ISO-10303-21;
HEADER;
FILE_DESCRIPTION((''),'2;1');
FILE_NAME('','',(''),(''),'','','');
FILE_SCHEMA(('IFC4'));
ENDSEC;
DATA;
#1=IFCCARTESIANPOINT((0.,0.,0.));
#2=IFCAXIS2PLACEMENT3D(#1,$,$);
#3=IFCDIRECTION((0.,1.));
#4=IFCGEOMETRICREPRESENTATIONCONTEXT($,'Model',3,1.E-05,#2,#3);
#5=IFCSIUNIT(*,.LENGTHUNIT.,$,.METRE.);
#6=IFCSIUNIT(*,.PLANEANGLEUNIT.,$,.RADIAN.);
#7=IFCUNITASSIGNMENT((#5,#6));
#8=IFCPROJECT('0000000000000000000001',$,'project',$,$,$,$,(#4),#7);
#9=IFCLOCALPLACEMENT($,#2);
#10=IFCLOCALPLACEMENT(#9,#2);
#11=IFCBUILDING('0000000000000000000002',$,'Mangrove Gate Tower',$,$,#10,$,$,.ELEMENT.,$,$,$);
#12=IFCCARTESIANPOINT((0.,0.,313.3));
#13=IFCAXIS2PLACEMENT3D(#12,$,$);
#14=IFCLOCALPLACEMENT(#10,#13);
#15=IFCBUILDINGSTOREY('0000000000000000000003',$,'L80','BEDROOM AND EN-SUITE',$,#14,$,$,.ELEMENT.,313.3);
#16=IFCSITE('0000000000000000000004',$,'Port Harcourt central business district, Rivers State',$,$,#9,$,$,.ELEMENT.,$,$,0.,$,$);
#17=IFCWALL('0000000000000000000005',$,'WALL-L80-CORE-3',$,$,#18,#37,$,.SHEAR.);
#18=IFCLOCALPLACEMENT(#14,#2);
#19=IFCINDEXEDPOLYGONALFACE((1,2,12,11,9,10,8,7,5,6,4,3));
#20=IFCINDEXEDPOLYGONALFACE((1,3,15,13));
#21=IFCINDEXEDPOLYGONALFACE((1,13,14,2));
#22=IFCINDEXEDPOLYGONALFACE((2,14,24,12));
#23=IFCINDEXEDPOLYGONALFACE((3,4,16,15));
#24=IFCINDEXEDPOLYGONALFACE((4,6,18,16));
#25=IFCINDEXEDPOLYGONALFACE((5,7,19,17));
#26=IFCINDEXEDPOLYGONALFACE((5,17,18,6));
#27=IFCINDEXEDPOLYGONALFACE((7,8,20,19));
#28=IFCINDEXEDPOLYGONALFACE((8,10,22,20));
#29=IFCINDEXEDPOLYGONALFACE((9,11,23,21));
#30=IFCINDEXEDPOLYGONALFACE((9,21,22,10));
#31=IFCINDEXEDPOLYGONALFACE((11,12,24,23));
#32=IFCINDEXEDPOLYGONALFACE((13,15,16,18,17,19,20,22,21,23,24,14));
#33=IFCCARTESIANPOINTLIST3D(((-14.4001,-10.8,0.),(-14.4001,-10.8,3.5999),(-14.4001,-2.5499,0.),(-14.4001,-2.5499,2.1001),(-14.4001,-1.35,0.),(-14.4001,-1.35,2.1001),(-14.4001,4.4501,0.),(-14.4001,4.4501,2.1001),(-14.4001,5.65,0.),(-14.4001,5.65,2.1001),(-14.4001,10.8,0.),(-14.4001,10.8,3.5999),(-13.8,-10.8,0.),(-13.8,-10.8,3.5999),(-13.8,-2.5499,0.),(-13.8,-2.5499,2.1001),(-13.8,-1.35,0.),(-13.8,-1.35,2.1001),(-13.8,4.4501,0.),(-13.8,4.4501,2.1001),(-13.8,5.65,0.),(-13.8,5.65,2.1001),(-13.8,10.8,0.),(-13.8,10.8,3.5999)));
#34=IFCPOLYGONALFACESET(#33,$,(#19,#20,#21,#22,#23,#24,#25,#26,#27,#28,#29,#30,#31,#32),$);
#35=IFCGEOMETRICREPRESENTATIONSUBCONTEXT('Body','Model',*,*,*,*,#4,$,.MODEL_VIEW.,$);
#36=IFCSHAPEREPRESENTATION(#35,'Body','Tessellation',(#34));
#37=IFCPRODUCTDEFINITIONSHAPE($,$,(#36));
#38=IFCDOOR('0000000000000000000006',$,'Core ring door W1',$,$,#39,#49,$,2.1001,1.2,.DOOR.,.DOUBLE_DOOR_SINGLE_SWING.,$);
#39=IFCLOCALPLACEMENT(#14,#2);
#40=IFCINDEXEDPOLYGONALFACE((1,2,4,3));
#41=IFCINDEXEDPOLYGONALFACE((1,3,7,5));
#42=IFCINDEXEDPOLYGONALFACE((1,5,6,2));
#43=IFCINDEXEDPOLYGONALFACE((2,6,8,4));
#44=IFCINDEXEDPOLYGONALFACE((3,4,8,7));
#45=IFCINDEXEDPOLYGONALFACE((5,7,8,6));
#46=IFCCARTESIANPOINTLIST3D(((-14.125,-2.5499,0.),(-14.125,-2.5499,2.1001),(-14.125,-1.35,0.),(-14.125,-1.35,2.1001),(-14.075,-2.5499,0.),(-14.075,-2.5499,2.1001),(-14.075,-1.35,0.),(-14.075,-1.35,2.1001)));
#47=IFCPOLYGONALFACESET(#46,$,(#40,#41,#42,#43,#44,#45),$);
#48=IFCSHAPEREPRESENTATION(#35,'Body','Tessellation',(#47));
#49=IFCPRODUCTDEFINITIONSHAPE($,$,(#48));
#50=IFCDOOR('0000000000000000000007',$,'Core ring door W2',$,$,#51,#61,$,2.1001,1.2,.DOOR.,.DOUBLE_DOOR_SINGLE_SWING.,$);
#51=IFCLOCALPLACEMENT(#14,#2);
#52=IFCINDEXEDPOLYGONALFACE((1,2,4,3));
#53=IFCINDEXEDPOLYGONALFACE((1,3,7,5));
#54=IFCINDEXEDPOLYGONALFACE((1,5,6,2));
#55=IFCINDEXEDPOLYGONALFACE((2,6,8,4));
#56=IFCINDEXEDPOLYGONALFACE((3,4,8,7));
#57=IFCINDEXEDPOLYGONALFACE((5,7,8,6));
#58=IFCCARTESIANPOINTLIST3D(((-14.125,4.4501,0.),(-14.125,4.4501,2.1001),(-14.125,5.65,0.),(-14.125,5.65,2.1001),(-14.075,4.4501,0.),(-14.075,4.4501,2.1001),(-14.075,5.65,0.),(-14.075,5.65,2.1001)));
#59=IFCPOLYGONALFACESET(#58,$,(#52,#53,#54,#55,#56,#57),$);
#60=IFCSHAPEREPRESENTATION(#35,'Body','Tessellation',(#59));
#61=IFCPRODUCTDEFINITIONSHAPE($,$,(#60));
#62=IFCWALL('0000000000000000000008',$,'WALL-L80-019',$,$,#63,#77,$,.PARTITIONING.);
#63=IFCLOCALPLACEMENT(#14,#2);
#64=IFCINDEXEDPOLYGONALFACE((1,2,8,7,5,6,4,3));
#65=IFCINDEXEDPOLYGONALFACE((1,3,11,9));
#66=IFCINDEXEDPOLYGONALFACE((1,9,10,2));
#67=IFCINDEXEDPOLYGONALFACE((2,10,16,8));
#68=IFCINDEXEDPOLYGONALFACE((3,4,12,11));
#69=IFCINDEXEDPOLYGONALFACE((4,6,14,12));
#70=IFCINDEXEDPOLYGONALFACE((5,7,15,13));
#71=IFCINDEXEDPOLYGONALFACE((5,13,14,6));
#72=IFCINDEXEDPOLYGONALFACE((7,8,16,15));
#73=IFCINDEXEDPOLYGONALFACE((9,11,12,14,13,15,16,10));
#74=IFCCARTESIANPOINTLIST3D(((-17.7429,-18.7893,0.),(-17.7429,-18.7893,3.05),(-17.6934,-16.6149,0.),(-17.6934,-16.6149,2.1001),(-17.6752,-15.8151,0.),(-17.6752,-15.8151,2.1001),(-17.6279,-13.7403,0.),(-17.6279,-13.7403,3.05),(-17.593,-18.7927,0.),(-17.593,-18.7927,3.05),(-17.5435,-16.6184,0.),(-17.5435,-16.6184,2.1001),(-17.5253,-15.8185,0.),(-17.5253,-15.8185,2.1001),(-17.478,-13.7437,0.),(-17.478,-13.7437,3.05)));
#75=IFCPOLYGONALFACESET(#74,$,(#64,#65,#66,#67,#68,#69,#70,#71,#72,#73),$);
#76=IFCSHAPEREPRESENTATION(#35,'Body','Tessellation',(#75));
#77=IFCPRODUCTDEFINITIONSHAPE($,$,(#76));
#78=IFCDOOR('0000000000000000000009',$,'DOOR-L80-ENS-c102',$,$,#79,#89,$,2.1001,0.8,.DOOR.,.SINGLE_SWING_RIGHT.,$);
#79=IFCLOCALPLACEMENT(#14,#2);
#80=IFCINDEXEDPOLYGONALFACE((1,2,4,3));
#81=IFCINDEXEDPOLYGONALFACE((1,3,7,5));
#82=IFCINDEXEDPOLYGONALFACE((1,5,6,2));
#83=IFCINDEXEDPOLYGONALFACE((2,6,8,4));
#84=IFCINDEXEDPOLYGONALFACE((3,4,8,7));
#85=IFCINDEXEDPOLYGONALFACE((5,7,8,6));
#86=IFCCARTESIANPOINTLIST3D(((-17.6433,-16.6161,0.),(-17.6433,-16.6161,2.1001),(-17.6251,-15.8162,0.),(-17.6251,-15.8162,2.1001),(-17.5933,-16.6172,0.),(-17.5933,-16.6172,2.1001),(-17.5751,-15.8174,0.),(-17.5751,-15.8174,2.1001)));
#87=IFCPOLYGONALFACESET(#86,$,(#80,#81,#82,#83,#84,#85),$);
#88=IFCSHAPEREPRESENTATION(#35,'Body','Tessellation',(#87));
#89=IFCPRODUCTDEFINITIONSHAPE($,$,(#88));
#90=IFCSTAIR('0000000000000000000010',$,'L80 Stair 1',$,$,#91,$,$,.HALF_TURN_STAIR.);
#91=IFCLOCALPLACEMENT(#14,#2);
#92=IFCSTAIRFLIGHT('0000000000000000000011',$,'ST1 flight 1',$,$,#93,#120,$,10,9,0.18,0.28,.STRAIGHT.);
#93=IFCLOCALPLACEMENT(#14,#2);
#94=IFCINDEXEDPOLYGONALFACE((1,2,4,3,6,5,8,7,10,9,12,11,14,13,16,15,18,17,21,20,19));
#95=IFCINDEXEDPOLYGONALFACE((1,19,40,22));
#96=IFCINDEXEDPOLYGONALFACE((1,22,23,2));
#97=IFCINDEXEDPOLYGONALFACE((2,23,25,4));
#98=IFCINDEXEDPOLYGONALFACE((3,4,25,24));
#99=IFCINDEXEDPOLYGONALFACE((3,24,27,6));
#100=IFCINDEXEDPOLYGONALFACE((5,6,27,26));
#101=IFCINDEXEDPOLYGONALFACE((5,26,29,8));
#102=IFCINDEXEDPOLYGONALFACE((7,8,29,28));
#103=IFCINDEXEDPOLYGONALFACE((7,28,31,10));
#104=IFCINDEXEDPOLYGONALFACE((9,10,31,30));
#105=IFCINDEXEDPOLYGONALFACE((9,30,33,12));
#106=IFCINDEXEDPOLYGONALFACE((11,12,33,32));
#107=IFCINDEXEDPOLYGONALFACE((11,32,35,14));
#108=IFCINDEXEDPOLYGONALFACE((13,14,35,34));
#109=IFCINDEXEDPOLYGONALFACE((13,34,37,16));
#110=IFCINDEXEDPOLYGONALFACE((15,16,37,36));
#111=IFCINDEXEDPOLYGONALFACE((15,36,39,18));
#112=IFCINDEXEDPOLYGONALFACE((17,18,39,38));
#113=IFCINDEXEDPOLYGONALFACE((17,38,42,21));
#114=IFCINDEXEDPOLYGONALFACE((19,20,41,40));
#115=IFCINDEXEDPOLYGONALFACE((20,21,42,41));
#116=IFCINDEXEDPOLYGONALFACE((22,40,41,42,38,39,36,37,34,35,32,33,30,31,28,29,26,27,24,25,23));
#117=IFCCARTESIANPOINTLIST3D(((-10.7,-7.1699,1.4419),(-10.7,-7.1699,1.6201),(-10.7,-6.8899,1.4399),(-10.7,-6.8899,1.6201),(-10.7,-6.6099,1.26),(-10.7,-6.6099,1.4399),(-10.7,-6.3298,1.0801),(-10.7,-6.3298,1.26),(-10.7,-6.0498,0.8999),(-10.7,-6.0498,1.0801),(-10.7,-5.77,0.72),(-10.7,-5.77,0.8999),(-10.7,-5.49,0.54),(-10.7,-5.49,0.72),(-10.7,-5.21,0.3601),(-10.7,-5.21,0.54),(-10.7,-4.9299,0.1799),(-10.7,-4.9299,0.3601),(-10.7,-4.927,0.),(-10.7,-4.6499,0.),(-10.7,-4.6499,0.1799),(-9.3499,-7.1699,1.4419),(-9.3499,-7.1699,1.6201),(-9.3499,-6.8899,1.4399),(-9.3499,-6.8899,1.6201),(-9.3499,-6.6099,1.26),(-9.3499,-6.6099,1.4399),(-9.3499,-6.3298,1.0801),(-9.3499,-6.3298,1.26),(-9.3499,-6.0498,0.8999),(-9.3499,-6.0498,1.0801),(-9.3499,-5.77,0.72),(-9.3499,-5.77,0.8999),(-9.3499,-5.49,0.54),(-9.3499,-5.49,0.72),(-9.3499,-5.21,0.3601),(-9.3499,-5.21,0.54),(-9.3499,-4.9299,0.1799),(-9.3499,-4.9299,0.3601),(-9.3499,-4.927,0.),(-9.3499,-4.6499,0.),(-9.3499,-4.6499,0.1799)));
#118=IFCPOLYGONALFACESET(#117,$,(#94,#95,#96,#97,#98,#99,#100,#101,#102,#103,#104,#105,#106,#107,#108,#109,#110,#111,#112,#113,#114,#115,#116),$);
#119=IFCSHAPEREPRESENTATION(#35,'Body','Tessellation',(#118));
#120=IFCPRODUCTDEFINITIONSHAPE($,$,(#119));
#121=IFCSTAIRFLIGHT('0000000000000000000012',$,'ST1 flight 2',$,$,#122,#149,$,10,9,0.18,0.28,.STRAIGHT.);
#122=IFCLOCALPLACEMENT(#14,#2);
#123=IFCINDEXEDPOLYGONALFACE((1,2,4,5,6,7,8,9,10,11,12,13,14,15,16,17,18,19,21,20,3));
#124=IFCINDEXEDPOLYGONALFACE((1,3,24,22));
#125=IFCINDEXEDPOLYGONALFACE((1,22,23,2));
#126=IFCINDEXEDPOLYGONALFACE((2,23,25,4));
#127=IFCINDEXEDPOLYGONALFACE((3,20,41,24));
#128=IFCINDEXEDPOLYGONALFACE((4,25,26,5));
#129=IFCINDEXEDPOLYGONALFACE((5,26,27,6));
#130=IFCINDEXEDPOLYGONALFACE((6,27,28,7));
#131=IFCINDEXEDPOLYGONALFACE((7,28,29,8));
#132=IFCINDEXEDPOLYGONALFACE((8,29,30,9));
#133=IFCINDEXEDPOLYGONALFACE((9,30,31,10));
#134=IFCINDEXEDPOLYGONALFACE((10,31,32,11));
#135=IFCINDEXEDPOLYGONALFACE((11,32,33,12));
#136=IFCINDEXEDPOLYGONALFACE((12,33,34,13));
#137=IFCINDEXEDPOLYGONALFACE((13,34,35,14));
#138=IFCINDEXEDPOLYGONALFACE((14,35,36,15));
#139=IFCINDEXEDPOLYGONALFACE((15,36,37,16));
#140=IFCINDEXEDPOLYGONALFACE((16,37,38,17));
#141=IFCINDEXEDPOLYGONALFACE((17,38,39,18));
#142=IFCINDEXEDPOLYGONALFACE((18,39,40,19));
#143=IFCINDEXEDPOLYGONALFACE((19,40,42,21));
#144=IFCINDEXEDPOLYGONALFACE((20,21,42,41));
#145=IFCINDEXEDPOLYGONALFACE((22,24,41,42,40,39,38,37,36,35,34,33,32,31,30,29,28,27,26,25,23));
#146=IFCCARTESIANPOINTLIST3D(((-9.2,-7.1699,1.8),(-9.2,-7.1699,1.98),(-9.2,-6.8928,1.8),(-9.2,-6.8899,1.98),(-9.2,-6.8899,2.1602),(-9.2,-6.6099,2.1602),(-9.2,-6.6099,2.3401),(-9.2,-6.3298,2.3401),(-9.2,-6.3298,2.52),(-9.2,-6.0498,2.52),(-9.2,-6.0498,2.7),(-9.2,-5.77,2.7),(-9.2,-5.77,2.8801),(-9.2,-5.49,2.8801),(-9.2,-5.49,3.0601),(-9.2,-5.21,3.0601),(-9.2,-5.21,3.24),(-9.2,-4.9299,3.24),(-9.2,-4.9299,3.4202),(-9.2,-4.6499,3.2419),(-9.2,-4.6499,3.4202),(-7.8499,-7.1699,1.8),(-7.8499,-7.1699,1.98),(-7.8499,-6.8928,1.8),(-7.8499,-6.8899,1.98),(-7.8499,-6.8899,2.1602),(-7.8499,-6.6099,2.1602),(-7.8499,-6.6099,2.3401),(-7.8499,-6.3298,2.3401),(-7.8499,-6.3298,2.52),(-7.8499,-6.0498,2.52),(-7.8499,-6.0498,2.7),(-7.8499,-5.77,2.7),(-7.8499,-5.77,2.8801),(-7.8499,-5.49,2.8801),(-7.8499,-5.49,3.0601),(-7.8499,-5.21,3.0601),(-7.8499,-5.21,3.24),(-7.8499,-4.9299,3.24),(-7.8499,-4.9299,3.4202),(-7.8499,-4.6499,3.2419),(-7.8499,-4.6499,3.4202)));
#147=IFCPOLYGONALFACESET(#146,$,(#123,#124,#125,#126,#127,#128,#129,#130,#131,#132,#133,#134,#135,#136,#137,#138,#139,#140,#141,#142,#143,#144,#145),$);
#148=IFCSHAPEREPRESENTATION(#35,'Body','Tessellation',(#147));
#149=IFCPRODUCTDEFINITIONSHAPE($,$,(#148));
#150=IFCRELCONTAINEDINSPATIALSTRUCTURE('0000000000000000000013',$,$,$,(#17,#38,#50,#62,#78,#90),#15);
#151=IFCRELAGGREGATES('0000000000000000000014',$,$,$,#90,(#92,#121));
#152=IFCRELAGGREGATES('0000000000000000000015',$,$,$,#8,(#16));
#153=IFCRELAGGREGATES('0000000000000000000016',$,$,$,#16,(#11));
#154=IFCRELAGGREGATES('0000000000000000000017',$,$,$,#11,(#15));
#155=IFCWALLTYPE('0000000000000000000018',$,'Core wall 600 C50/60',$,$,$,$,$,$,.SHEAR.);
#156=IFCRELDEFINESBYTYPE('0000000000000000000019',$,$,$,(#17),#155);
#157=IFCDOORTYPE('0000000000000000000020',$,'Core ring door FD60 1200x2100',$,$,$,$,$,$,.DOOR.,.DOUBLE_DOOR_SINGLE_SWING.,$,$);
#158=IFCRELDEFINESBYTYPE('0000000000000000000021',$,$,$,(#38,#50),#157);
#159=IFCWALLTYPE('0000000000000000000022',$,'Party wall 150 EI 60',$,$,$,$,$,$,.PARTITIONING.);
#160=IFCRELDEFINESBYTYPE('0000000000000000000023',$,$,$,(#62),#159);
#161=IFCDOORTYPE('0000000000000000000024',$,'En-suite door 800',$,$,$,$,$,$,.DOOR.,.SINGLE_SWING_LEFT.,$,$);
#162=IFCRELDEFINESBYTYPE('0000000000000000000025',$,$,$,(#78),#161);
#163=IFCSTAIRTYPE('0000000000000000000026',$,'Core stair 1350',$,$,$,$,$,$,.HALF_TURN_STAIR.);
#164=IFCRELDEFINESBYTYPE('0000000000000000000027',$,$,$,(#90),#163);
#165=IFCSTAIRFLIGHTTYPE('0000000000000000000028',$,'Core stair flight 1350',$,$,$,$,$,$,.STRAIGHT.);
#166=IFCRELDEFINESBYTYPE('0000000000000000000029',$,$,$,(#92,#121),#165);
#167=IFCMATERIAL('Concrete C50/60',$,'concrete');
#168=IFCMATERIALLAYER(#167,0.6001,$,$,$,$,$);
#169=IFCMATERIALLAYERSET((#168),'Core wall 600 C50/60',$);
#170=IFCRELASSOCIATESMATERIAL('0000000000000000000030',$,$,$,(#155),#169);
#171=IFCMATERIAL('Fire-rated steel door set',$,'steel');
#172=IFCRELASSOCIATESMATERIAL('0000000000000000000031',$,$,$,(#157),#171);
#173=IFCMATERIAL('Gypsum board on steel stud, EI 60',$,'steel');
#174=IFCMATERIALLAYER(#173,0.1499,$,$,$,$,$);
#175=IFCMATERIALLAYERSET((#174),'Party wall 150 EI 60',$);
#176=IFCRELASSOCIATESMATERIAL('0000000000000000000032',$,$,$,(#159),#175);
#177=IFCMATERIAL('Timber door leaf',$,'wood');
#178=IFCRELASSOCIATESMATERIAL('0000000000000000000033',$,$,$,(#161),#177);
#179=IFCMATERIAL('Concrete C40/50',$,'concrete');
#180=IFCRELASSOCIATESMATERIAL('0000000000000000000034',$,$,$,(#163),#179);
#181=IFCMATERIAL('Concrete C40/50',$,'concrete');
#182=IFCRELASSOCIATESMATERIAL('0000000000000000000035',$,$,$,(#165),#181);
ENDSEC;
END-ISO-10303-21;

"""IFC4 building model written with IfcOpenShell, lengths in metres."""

from ifc_helpers import new_model, si_unit, direction, frame, frame_2d, origin, place, context, subcontext, project, spatial, polyline, rectangle, outline, extrude, material, layer, layer_set, type_object, element, fill, aggregate, save


model = new_model("IFC4")

# Units and contexts
model_context = context("Model", 3, precision=1e-05, world=origin(), true_north=direction((0.0, 1.0)))
body_context = subcontext(model_context, "Body", "Model", "MODEL_VIEW")
ifc_project = project(units=[si_unit("LENGTHUNIT", "METRE"), si_unit("PLANEANGLEUNIT", "RADIAN")], contexts=[model_context])

# Site, building, storey
site_placement = place(None, origin())
site = spatial("IfcSite", under=ifc_project, at=site_placement, Name="Port Harcourt central business district, Rivers State", CompositionType="ELEMENT", RefElevation=0.0)
building_placement = place(site_placement, origin())
building = spatial("IfcBuilding", under=site, at=building_placement, Name="Mangrove Gate Tower", CompositionType="ELEMENT")
storey_placement = place(building_placement, frame((0.0, 0.0, 313.3)))
storey = spatial("IfcBuildingStorey", under=building, at=storey_placement, Name="L80", Description="BEDROOM AND EN-SUITE", CompositionType="ELEMENT", Elevation=313.3)

# Shared definitions
ifc_material_1 = material(Name="Concrete C50/60", Category="concrete")
ifc_layer_1 = layer(ifc_material_1, 0.6001)
ifc_layer_set_1 = layer_set([ifc_layer_1], Name="Core wall 600 C50/60")
wall_type_1 = type_object("IfcWallType", Name="Core wall 600 C50/60", PredefinedType="SHEAR", material=ifc_layer_set_1)

# Wall, openings, doors
wall_1_placement = place(storey_placement, frame((-14.1001, -10.8, 0.0), z_axis=(0.0, 0.0, 1.0), x_axis=(0.0, 1.0, 0.0)))
wall_1 = element("IfcWall", 1, at=wall_1_placement, inside=storey, type_object=wall_type_1, Name="WALL-L80-CORE-3", PredefinedType="SHEAR", context=body_context, shape_type="SweptSolid", body=[
    extrude(rectangle(XDim=21.6001, YDim=0.6001, at=frame_2d((10.8, 0.0))), origin(), (0.0, 0.0, 1.0), 3.5999),
])
opening_1_placement = place(wall_1_placement, frame((8.25, 0.0, 0.0)))
opening_1 = element("IfcOpeningElement", 2, at=opening_1_placement, cuts=wall_1, PredefinedType="OPENING", context=body_context, shape_type="SweptSolid", body=[
    extrude(rectangle(XDim=1.2, YDim=2.1001, at=frame_2d((0.6001, 1.05))), frame((0.0, 0.3101, 0.0), z_axis=(0.0, -1.0, 0.0), x_axis=(1.0, 0.0, 0.0)), (0.0, 0.0, 1.0), 0.6201),
])
opening_2_placement = place(wall_1_placement, frame((15.25, 0.0, 0.0)))
opening_2 = element("IfcOpeningElement", 3, at=opening_2_placement, cuts=wall_1, PredefinedType="OPENING", context=body_context, shape_type="SweptSolid", body=[
    extrude(rectangle(XDim=1.2, YDim=2.1001, at=frame_2d((0.6001, 1.05))), frame((0.0, 0.3101, 0.0), z_axis=(0.0, -1.0, 0.0), x_axis=(1.0, 0.0, 0.0)), (0.0, 0.0, 1.0), 0.6201),
])
ifc_material_2 = material(Name="Fire-rated steel door set", Category="steel")
door_type_1 = type_object("IfcDoorType", Name="Core ring door FD60 1200x2100", OperationType="DOUBLE_DOOR_SINGLE_SWING", PredefinedType="DOOR", material=ifc_material_2)
door_1_placement = place(opening_1_placement, origin())
door_1 = element("IfcDoor", 4, at=door_1_placement, inside=storey, type_object=door_type_1, Name="Core ring door W1", OperationType="DOUBLE_DOOR_SINGLE_SWING", OverallHeight=2.1001, OverallWidth=1.2, PredefinedType="DOOR", context=body_context, shape_type="SweptSolid", body=[
    extrude(rectangle(XDim=1.2, YDim=2.1001, at=frame_2d((0.6001, 1.05))), frame((0.0, 0.0249, 0.0), z_axis=(0.0, -1.0, 0.0), x_axis=(1.0, 0.0, 0.0)), (0.0, 0.0, 1.0), 0.05),
])
fill(opening_1, door_1)
door_2_placement = place(opening_2_placement, origin())
door_2 = element("IfcDoor", 5, at=door_2_placement, inside=storey, type_object=door_type_1, Name="Core ring door W2", OperationType="DOUBLE_DOOR_SINGLE_SWING", OverallHeight=2.1001, OverallWidth=1.2, PredefinedType="DOOR", context=body_context, shape_type="SweptSolid", body=[
    extrude(rectangle(XDim=1.2, YDim=2.1001, at=frame_2d((0.6001, 1.05))), frame((0.0, 0.0249, 0.0), z_axis=(0.0, -1.0, 0.0), x_axis=(1.0, 0.0, 0.0)), (0.0, 0.0, 1.0), 0.05),
])
fill(opening_2, door_2)

# Wall, opening, door
ifc_material_3 = material(Name="Gypsum board on steel stud, EI 60", Category="steel")
ifc_layer_2 = layer(ifc_material_3, 0.1499)
ifc_layer_set_2 = layer_set([ifc_layer_2], Name="Party wall 150 EI 60")
wall_type_2 = type_object("IfcWallType", Name="Party wall 150 EI 60", PredefinedType="PARTITIONING", material=ifc_layer_set_2)
wall_2_placement = place(storey_placement, frame((-17.668, -18.791, 0.0), z_axis=(0.0, 0.0, 1.0), x_axis=(0.022769, 0.999741, 0.0)))
wall_2 = element("IfcWall", 6, at=wall_2_placement, inside=storey, type_object=wall_type_2, Name="WALL-L80-019", PredefinedType="PARTITIONING", context=body_context, shape_type="SweptSolid", body=[
    extrude(rectangle(XDim=5.0503, YDim=0.1499, at=frame_2d((2.5251, 0.0))), origin(), (0.0, 0.0, 1.0), 3.05),
])
opening_3_placement = place(wall_2_placement, frame((2.175, 0.0, 0.0)))
opening_3 = element("IfcOpeningElement", 7, at=opening_3_placement, cuts=wall_2, PredefinedType="OPENING", context=body_context, shape_type="SweptSolid", body=[
    extrude(rectangle(XDim=0.8, YDim=2.1001, at=frame_2d((0.3999, 1.05))), frame((0.0, 0.085, 0.0), z_axis=(0.0, -1.0, 0.0), x_axis=(1.0, 0.0, 0.0)), (0.0, 0.0, 1.0), 0.1699),
])
ifc_material_4 = material(Name="Timber door leaf", Category="wood")
door_type_2 = type_object("IfcDoorType", Name="En-suite door 800", OperationType="SINGLE_SWING_LEFT", PredefinedType="DOOR", material=ifc_material_4)
door_3_placement = place(opening_3_placement, origin())
door_3 = element("IfcDoor", 8, at=door_3_placement, inside=storey, type_object=door_type_2, Name="DOOR-L80-ENS-c102", OperationType="SINGLE_SWING_RIGHT", OverallHeight=2.1001, OverallWidth=0.8, PredefinedType="DOOR", context=body_context, shape_type="SweptSolid", body=[
    extrude(rectangle(XDim=0.8, YDim=2.1001, at=frame_2d((0.3999, 1.05))), frame((0.0, 0.0249, 0.0), z_axis=(0.0, -1.0, 0.0), x_axis=(1.0, 0.0, 0.0)), (0.0, 0.0, 1.0), 0.05),
])
fill(opening_3, door_3)

# Stair, stair flights
ifc_material_5 = material(Name="Concrete C40/50", Category="concrete")
stair_type = type_object("IfcStairType", Name="Core stair 1350", PredefinedType="HALF_TURN_STAIR", material=ifc_material_5)
stair_1_placement = place(storey_placement, origin())
stair_1 = element("IfcStair", 9, at=stair_1_placement, inside=storey, type_object=stair_type, Name="L80 Stair 1", PredefinedType="HALF_TURN_STAIR")
ifc_material_6 = material(Name="Concrete C40/50", Category="concrete")
stair_flight_type = type_object("IfcStairFlightType", Name="Core stair flight 1350", PredefinedType="STRAIGHT", material=ifc_material_6)
stair_flight_1_placement = place(storey_placement, frame((-10.0249, -4.6499, 0.0), z_axis=(0.0, 0.0, 1.0), x_axis=(0.0, -1.0, 0.0)))
stair_flight_1 = element("IfcStairFlight", 10, at=stair_flight_1_placement, type_object=stair_flight_type, Name="ST1 flight 1", NumberOfRisers=10, NumberOfTreads=9, PredefinedType="STRAIGHT", RiserHeight=0.18, TreadLength=0.28, context=body_context, shape_type="SweptSolid", body=[
    extrude(outline(polyline([(0.0, 0.0), (0.0, 0.1799), (0.28, 0.1799), (0.28, 0.3601), (0.5601, 0.3601), (0.5601, 0.54), (0.8401, 0.54), (0.8401, 0.72), (1.1201, 0.72), (1.1201, 0.8999), (1.3999, 0.8999), (1.3999, 1.0801), (1.6799, 1.0801), (1.6799, 1.26), (1.96, 1.26), (1.96, 1.4399), (2.24, 1.4399), (2.24, 1.6201), (2.52, 1.6201), (2.52, 1.8), (2.52, 1.4419), (0.2771, 0.0), (0.0, 0.0)])), frame((0.0, 0.675, 0.0), z_axis=(0.0, -1.0, 0.0), x_axis=(1.0, 0.0, 0.0)), (0.0, 0.0, 1.0), 1.3501),
])
stair_flight_2_placement = place(storey_placement, frame((-8.5249, -7.1699, 1.8), z_axis=(0.0, 0.0, 1.0), x_axis=(0.0, 1.0, 0.0)))
stair_flight_2 = element("IfcStairFlight", 11, at=stair_flight_2_placement, type_object=stair_flight_type, Name="ST1 flight 2", NumberOfRisers=10, NumberOfTreads=9, PredefinedType="STRAIGHT", RiserHeight=0.18, TreadLength=0.28, context=body_context, shape_type="SweptSolid", body=[
    extrude(outline(polyline([(0.0, 0.0), (0.0, 0.1799), (0.28, 0.1799), (0.28, 0.3601), (0.5601, 0.3601), (0.5601, 0.54), (0.8401, 0.54), (0.8401, 0.72), (1.1201, 0.72), (1.1201, 0.8999), (1.3999, 0.8999), (1.3999, 1.0801), (1.6799, 1.0801), (1.6799, 1.26), (1.96, 1.26), (1.96, 1.4399), (2.24, 1.4399), (2.24, 1.6201), (2.52, 1.6201), (2.52, 1.8), (2.52, 1.4419), (0.2771, 0.0), (0.0, 0.0)])), frame((0.0, 0.675, 0.0), z_axis=(0.0, -1.0, 0.0), x_axis=(1.0, 0.0, 0.0)), (0.0, 0.0, 1.0), 1.3501),
])
aggregate(stair_1, [stair_flight_1, stair_flight_2])

save(model, "model.ifc")
